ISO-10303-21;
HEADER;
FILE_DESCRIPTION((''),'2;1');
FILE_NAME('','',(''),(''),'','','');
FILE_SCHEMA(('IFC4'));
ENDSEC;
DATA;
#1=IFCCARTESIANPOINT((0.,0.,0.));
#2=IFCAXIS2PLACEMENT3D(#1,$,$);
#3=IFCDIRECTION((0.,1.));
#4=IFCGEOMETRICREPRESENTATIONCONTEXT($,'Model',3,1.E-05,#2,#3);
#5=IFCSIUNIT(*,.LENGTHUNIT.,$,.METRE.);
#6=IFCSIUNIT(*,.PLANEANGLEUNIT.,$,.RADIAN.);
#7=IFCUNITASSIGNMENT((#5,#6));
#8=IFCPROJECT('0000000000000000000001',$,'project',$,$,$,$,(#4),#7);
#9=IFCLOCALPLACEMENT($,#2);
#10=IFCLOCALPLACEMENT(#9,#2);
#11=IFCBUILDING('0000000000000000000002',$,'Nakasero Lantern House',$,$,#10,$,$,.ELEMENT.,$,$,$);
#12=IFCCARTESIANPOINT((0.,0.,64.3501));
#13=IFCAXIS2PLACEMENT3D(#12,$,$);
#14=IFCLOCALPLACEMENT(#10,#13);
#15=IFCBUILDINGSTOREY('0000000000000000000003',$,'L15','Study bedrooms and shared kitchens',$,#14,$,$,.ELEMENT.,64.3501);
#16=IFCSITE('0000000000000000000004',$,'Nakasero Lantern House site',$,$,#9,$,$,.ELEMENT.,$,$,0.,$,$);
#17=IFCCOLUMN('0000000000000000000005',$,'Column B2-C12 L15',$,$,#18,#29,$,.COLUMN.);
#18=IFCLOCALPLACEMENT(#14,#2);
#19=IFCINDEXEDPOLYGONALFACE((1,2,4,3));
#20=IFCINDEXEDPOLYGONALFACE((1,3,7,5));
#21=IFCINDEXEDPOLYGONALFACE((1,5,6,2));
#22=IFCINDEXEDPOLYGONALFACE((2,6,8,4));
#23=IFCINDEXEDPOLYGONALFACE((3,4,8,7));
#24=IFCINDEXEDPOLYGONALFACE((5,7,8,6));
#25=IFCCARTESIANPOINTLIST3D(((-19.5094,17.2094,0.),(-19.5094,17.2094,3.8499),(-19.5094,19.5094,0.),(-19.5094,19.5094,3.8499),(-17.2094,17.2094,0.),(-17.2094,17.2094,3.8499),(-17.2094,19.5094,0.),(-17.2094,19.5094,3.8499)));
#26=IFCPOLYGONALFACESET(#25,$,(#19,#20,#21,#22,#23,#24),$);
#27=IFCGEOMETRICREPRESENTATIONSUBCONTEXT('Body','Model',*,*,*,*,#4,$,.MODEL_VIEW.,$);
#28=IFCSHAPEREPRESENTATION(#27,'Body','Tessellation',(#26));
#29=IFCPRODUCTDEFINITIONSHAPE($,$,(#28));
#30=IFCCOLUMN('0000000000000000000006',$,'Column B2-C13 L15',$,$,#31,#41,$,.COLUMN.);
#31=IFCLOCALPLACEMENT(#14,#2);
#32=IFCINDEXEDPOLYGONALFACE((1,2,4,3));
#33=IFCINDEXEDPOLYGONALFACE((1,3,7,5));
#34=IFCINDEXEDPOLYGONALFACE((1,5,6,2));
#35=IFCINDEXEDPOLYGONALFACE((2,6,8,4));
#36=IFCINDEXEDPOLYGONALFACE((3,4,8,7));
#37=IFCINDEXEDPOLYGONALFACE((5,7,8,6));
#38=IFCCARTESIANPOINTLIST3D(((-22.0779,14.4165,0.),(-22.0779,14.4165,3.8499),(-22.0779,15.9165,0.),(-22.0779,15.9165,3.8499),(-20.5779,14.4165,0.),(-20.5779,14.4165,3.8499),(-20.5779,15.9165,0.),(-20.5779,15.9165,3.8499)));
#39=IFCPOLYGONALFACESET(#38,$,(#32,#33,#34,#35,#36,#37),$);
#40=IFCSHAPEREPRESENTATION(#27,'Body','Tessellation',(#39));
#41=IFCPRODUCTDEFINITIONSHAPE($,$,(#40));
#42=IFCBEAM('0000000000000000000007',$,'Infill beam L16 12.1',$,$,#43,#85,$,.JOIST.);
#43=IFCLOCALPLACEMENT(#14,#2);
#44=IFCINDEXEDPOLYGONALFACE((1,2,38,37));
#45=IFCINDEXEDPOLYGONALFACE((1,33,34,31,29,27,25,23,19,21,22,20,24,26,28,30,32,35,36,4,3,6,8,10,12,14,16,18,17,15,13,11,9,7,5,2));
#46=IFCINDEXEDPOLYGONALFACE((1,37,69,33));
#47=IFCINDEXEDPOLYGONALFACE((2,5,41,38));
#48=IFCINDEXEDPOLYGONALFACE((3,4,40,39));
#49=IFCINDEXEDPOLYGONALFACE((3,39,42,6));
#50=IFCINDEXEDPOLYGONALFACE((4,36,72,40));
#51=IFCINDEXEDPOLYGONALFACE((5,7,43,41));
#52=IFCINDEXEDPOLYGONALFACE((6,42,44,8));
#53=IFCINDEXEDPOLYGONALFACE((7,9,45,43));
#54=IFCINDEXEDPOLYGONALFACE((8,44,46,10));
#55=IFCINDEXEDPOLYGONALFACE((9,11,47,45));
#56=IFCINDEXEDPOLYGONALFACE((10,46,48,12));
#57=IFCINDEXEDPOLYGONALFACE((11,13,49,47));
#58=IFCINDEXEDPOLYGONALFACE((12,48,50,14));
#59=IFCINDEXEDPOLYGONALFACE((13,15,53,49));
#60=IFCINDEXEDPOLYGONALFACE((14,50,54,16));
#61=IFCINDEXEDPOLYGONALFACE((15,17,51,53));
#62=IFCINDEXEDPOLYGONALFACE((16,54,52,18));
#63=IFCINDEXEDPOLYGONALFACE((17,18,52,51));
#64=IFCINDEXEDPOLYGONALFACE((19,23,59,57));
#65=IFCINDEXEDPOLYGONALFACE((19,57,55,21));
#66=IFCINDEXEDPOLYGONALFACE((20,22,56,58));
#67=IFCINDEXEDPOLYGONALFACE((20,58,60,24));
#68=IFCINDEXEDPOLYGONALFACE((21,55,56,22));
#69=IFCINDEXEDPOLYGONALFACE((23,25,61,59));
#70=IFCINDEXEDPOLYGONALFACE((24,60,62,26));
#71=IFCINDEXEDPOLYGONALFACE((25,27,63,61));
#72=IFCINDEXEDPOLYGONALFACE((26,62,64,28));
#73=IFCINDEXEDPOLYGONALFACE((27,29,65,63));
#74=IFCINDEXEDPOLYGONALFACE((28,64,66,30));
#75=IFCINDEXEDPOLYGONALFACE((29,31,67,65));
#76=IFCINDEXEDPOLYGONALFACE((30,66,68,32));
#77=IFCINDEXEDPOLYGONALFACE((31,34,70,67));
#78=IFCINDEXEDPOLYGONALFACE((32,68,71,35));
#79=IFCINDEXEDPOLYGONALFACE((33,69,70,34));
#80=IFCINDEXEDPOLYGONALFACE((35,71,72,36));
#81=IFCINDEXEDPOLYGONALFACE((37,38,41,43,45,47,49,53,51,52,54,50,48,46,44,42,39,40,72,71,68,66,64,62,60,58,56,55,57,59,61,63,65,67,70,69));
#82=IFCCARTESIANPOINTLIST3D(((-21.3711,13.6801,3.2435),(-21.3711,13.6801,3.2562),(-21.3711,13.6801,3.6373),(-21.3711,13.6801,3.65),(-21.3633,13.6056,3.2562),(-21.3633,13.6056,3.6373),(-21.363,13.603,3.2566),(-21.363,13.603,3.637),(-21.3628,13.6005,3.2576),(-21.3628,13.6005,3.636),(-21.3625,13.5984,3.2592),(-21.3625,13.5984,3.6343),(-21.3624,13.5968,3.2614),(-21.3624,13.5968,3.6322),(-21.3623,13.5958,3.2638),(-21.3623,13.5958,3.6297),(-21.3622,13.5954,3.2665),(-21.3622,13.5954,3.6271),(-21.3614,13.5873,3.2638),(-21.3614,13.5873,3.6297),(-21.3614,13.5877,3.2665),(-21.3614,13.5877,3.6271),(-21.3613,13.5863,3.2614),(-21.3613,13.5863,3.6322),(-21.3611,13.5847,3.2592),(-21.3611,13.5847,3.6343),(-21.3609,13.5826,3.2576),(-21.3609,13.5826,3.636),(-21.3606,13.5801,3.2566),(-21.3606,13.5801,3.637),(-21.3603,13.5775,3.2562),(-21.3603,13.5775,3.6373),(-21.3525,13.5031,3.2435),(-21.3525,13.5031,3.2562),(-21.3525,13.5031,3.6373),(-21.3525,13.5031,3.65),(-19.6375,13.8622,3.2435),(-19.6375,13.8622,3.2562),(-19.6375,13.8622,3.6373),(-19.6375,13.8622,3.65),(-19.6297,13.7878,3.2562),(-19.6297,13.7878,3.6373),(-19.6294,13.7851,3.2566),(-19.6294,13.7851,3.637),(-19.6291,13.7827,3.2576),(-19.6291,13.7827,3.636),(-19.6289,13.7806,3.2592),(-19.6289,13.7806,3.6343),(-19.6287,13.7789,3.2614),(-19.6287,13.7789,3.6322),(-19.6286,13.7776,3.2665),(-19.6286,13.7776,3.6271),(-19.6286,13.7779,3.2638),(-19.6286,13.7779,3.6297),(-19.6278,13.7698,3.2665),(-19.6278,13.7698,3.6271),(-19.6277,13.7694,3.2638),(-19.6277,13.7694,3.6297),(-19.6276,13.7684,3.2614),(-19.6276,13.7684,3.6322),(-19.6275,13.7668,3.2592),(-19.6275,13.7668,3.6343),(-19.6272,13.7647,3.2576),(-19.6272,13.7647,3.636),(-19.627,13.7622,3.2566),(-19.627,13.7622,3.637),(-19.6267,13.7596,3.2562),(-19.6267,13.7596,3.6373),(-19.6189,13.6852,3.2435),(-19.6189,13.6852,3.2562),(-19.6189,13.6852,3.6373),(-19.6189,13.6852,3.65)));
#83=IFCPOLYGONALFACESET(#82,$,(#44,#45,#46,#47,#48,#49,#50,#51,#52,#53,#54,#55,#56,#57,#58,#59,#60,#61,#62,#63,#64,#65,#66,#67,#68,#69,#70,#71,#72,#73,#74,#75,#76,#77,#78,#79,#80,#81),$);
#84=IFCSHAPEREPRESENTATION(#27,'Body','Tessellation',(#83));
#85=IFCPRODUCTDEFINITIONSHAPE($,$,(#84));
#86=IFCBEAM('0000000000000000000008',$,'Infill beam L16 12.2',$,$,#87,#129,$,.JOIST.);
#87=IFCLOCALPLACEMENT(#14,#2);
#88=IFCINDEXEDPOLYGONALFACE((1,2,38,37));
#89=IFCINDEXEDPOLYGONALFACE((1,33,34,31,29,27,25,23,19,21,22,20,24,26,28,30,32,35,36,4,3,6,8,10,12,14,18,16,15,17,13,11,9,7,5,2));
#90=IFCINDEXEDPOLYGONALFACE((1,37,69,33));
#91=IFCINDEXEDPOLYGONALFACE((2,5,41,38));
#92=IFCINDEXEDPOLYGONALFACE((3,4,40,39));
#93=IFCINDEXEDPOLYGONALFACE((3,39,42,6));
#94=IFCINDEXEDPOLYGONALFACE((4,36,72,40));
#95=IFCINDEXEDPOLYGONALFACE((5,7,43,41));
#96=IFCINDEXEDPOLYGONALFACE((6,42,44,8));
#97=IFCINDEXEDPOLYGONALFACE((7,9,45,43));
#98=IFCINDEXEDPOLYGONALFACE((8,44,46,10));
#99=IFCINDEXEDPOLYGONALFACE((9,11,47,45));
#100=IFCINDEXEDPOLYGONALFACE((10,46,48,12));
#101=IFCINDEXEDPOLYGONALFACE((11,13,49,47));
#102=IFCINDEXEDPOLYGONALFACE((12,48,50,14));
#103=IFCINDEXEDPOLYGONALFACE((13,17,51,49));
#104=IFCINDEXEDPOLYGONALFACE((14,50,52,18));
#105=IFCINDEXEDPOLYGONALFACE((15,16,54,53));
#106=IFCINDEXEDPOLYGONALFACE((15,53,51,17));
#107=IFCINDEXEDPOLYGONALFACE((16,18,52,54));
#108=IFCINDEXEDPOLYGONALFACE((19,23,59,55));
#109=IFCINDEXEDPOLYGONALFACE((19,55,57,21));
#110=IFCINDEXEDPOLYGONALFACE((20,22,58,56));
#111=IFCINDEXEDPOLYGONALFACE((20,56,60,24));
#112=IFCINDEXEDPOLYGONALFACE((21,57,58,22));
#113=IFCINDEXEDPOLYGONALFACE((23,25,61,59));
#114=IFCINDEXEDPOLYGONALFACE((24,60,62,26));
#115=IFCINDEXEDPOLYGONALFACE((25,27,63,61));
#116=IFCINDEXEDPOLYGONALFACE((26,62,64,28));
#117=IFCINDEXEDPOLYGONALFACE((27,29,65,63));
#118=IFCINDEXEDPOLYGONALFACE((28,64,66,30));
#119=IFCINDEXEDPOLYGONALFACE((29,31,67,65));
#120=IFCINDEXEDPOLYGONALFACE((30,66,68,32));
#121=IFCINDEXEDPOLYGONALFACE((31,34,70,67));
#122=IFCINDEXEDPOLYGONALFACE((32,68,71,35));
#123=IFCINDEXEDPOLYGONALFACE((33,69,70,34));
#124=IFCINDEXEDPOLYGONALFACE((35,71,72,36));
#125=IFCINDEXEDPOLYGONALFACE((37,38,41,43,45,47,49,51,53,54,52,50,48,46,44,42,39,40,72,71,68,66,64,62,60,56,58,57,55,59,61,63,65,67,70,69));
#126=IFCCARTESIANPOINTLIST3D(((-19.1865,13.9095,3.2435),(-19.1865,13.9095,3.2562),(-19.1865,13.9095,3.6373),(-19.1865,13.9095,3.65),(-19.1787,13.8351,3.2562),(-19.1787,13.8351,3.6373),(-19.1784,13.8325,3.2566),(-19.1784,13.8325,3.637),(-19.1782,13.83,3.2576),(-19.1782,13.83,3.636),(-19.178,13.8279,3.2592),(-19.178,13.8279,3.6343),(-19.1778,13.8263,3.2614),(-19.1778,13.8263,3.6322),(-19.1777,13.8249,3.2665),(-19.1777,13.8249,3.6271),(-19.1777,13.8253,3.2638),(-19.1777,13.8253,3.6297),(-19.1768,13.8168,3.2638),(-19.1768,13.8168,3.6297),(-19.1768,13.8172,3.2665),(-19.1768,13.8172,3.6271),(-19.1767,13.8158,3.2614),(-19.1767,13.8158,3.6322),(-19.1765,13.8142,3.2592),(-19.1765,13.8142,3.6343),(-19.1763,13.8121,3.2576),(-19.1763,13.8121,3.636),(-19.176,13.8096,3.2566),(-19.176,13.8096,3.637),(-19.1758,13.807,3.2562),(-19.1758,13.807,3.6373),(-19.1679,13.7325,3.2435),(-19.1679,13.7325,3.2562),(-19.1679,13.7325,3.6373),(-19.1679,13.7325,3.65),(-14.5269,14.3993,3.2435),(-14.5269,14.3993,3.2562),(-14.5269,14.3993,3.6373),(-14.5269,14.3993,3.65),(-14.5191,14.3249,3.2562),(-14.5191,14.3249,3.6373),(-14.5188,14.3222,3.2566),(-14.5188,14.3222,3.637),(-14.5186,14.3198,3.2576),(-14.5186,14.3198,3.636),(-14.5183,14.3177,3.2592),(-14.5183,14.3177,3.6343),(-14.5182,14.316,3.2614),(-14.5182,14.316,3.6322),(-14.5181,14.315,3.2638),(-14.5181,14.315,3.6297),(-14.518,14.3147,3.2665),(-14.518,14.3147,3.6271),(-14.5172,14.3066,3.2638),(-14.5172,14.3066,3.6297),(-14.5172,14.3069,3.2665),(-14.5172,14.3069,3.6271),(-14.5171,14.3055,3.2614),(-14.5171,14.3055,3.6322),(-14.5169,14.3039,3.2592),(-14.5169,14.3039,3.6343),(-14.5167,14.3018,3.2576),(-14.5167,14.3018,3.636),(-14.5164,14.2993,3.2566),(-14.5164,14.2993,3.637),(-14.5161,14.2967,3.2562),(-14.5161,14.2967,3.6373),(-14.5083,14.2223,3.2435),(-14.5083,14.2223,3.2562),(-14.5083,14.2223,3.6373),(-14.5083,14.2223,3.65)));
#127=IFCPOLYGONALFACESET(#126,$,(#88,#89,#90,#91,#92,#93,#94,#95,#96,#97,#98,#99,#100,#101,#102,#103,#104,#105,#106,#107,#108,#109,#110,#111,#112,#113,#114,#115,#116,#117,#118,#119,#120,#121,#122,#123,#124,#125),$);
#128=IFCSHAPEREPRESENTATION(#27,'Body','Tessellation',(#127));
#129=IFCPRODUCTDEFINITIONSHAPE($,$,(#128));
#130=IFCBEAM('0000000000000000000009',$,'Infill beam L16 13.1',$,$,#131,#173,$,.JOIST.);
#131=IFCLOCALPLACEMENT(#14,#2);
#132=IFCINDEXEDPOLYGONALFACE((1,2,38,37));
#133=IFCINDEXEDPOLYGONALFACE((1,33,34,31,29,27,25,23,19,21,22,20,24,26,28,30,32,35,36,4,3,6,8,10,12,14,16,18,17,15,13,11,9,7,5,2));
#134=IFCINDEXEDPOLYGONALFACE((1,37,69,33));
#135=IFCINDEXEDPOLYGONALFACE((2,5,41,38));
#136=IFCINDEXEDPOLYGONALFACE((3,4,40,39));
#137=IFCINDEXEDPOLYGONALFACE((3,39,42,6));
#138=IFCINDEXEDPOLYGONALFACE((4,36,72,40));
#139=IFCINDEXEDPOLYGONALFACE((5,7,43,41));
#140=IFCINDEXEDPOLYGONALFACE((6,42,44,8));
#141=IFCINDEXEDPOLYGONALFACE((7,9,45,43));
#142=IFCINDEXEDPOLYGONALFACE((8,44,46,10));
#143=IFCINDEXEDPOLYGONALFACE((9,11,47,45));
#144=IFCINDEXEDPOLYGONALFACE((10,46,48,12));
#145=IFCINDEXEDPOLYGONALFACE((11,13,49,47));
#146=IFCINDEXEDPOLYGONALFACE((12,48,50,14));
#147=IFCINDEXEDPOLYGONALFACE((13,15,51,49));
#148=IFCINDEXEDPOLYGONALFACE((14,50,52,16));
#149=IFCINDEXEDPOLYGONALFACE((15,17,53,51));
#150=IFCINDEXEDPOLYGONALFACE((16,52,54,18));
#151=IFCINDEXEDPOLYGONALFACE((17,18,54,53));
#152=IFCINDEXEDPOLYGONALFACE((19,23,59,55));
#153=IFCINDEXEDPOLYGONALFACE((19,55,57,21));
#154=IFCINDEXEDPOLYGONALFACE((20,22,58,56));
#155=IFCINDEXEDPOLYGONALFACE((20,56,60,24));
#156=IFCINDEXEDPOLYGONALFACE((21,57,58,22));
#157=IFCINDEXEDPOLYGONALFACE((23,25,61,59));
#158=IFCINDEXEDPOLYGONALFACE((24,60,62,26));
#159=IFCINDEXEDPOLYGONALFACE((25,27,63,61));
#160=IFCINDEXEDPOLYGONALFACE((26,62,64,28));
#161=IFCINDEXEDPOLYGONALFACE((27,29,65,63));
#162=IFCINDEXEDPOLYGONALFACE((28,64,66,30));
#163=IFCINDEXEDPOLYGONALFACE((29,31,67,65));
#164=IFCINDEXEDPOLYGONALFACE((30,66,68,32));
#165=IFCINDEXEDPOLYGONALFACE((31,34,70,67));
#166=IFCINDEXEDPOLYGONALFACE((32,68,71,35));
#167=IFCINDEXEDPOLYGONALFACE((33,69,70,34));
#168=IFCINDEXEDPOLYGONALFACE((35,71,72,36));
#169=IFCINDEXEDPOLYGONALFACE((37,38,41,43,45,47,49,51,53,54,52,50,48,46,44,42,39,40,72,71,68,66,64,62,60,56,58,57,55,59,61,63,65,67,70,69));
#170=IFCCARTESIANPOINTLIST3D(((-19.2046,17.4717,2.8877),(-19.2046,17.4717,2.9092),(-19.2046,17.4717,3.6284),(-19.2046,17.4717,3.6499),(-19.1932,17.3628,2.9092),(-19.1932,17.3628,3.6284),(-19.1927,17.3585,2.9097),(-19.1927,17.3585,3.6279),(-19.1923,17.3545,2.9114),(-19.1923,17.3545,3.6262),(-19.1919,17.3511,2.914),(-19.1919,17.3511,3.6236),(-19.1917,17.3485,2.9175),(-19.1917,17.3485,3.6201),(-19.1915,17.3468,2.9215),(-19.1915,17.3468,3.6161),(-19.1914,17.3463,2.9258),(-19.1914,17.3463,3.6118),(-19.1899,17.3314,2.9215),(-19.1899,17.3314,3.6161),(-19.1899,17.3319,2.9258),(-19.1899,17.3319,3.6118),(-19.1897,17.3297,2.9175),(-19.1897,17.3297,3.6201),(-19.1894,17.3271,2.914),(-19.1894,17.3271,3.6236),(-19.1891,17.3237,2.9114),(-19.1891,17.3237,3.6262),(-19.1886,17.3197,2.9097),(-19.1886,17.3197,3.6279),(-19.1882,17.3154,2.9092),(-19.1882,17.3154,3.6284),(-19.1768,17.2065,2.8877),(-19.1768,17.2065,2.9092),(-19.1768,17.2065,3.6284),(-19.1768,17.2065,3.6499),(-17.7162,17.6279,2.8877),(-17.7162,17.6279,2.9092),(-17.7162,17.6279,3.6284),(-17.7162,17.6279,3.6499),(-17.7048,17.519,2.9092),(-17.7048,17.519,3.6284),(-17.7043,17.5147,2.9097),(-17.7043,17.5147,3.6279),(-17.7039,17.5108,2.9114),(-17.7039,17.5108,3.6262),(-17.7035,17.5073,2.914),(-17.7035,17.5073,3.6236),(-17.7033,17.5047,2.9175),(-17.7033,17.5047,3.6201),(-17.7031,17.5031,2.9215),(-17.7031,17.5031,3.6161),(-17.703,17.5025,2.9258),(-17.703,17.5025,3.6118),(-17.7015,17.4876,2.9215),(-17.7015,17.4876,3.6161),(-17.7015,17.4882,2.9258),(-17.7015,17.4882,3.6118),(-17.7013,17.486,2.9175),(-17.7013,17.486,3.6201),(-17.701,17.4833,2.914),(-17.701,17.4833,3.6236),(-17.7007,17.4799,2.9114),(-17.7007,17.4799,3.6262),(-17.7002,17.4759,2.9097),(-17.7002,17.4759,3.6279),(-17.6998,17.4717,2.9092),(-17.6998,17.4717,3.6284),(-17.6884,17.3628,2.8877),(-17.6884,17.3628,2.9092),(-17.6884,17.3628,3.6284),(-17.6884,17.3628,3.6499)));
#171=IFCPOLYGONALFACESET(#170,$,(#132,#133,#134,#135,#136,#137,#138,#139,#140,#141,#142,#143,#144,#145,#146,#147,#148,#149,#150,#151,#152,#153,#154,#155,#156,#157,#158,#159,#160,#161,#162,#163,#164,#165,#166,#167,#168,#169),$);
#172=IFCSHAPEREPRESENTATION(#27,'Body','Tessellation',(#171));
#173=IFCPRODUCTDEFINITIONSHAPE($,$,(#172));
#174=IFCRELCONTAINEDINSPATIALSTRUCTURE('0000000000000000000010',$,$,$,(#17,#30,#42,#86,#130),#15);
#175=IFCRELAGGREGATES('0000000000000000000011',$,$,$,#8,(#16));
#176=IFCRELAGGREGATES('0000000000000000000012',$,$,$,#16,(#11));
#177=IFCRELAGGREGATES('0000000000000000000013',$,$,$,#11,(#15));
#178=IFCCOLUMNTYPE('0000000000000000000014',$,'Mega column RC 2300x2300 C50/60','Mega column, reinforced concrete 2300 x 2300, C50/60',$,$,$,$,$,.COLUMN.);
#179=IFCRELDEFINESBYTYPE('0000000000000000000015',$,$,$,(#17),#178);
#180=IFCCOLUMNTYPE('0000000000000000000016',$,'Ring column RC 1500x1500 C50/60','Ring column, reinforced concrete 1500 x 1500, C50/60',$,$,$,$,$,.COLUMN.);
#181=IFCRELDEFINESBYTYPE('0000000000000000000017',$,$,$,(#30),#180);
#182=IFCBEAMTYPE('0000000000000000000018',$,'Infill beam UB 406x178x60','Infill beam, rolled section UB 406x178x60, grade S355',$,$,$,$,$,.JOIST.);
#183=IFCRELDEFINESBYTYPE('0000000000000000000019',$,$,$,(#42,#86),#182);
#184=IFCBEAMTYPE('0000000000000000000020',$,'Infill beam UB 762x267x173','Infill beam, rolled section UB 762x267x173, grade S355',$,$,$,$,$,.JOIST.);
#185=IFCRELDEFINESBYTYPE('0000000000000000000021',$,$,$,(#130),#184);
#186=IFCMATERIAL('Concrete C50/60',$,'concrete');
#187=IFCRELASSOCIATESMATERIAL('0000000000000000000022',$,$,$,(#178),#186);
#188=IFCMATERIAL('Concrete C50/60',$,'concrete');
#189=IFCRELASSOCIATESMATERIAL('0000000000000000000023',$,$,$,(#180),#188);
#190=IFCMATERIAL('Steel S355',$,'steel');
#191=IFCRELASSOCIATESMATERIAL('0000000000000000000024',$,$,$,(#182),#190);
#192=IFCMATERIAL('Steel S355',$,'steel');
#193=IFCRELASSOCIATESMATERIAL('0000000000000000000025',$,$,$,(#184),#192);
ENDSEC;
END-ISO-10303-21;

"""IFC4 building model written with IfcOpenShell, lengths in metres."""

from ifc_helpers import new_model, si_unit, direction, frame, origin, origin_2d, place, context, subcontext, project, spatial, rectangle, i_section, extrude, material, material_profile, profile_set, type_object, element, save


model = new_model("IFC4")

# Units and contexts
model_context = context("Model", 3, precision=1e-05, world=origin(), true_north=direction((0.0, 1.0)))
body_context = subcontext(model_context, "Body", "Model", "MODEL_VIEW")
ifc_project = project(units=[si_unit("LENGTHUNIT", "METRE"), si_unit("PLANEANGLEUNIT", "RADIAN")], contexts=[model_context])

# Site, building, storey
site_placement = place(None, origin())
site = spatial("IfcSite", under=ifc_project, at=site_placement, Name="Nakasero Lantern House site", CompositionType="ELEMENT", RefElevation=0.0)
building_placement = place(site_placement, origin())
building = spatial("IfcBuilding", under=site, at=building_placement, Name="Nakasero Lantern House", CompositionType="ELEMENT")
storey_placement = place(building_placement, frame((0.0, 0.0, 64.3501)))
storey = spatial("IfcBuildingStorey", under=building, at=storey_placement, Name="L15", Description="Study bedrooms and shared kitchens", CompositionType="ELEMENT", Elevation=64.3501)

# Columns
ifc_material_1 = material(Name="Concrete C50/60", Category="concrete")
ifc_material_profile_1 = material_profile(ifc_material_1, rectangle(XDim=2.3, YDim=2.3, at=origin_2d()), Name="RC 2300x2300")
ifc_profile_set_1 = profile_set([ifc_material_profile_1], Name="Concrete C50/60")
column_type_1 = type_object("IfcColumnType", Name="Mega column RC 2300x2300 C50/60", Description="Mega column, reinforced concrete 2300 x 2300, C50/60", PredefinedType="COLUMN", material=ifc_profile_set_1)
column_1_placement = place(storey_placement, frame((-18.3594, 18.3594, 0.0), z_axis=(0.0, 0.0, 1.0), x_axis=(1.0, 0.0, 0.0)))
element("IfcColumn", 1, at=column_1_placement, inside=storey, type_object=column_type_1, Name="Column B2-C12 L15", PredefinedType="COLUMN", context=body_context, shape_type="SweptSolid", body=[
    extrude(rectangle(XDim=2.3, YDim=2.3, at=origin_2d()), origin(), (0.0, 0.0, 1.0), 3.8499),
])
ifc_material_2 = material(Name="Concrete C50/60", Category="concrete")
ifc_material_profile_2 = material_profile(ifc_material_2, rectangle(XDim=1.5, YDim=1.5, at=origin_2d()), Name="RC 1500x1500")
ifc_profile_set_2 = profile_set([ifc_material_profile_2], Name="Concrete C50/60")
column_type_2 = type_object("IfcColumnType", Name="Ring column RC 1500x1500 C50/60", Description="Ring column, reinforced concrete 1500 x 1500, C50/60", PredefinedType="COLUMN", material=ifc_profile_set_2)
column_2_placement = place(storey_placement, frame((-21.3279, 15.1665, 0.0), z_axis=(0.0, 0.0, 1.0), x_axis=(1.0, 0.0, 0.0)))
element("IfcColumn", 2, at=column_2_placement, inside=storey, type_object=column_type_2, Name="Column B2-C13 L15", PredefinedType="COLUMN", context=body_context, shape_type="SweptSolid", body=[
    extrude(rectangle(XDim=1.5, YDim=1.5, at=origin_2d()), origin(), (0.0, 0.0, 1.0), 3.8499),
])

# Beams
ifc_material_3 = material(Name="Steel S355", Category="steel")
ifc_material_profile_3 = material_profile(ifc_material_3, i_section(OverallWidth=0.178, OverallDepth=0.4065, WebThickness=0.0078, FlangeThickness=0.0127, FilletRadius=0.0103, at=origin_2d()), Name="UB 406x178x60")
ifc_profile_set_3 = profile_set([ifc_material_profile_3], Name="Steel S355")
beam_type_1 = type_object("IfcBeamType", Name="Infill beam UB 406x178x60", Description="Infill beam, rolled section UB 406x178x60, grade S355", PredefinedType="JOIST", material=ifc_profile_set_3)
beam_1_placement = place(storey_placement, frame((-21.3618, 13.5916, 3.4468), z_axis=(0.994527, 0.104481, 0.0), x_axis=(-0.104481, 0.994527, 0.0)))
element("IfcBeam", 3, at=beam_1_placement, inside=storey, type_object=beam_type_1, Name="Infill beam L16 12.1", PredefinedType="JOIST", context=body_context, shape_type="SweptSolid", body=[
    extrude(i_section(OverallWidth=0.178, OverallDepth=0.4065, WebThickness=0.0078, FlangeThickness=0.0127, FilletRadius=0.0103, at=origin_2d()), origin(), (0.0, 0.0, 1.0), 1.7432),
])
beam_2_placement = place(storey_placement, frame((-19.1772, 13.821, 3.4468), z_axis=(0.994522, 0.104527, 0.0), x_axis=(-0.104527, 0.994522, 0.0)))
element("IfcBeam", 4, at=beam_2_placement, inside=storey, type_object=beam_type_1, Name="Infill beam L16 12.2", PredefinedType="JOIST", context=body_context, shape_type="SweptSolid", body=[
    extrude(i_section(OverallWidth=0.178, OverallDepth=0.4065, WebThickness=0.0078, FlangeThickness=0.0127, FilletRadius=0.0103, at=origin_2d()), origin(), (0.0, 0.0, 1.0), 4.6853),
])
ifc_material_4 = material(Name="Steel S355", Category="steel")
ifc_material_profile_4 = material_profile(ifc_material_4, i_section(OverallWidth=0.2666, OverallDepth=0.7622, WebThickness=0.0144, FlangeThickness=0.0215, FilletRadius=0.0166, at=origin_2d()), Name="UB 762x267x173")
ifc_profile_set_4 = profile_set([ifc_material_profile_4], Name="Steel S355")
beam_type_2 = type_object("IfcBeamType", Name="Infill beam UB 762x267x173", Description="Infill beam, rolled section UB 762x267x173, grade S355", PredefinedType="JOIST", material=ifc_profile_set_4)
beam_3_placement = place(storey_placement, frame((-19.1907, 17.3391, 3.2688), z_axis=(0.994536, 0.104396, 0.0), x_axis=(-0.104396, 0.994536, 0.0)))
element("IfcBeam", 5, at=beam_3_placement, inside=storey, type_object=beam_type_2, Name="Infill beam L16 13.1", PredefinedType="JOIST", context=body_context, shape_type="SweptSolid", body=[
    extrude(i_section(OverallWidth=0.2666, OverallDepth=0.7622, WebThickness=0.0144, FlangeThickness=0.0215, FilletRadius=0.0166, at=origin_2d()), origin(), (0.0, 0.0, 1.0), 1.4966),
])

save(model, "model.ifc")
